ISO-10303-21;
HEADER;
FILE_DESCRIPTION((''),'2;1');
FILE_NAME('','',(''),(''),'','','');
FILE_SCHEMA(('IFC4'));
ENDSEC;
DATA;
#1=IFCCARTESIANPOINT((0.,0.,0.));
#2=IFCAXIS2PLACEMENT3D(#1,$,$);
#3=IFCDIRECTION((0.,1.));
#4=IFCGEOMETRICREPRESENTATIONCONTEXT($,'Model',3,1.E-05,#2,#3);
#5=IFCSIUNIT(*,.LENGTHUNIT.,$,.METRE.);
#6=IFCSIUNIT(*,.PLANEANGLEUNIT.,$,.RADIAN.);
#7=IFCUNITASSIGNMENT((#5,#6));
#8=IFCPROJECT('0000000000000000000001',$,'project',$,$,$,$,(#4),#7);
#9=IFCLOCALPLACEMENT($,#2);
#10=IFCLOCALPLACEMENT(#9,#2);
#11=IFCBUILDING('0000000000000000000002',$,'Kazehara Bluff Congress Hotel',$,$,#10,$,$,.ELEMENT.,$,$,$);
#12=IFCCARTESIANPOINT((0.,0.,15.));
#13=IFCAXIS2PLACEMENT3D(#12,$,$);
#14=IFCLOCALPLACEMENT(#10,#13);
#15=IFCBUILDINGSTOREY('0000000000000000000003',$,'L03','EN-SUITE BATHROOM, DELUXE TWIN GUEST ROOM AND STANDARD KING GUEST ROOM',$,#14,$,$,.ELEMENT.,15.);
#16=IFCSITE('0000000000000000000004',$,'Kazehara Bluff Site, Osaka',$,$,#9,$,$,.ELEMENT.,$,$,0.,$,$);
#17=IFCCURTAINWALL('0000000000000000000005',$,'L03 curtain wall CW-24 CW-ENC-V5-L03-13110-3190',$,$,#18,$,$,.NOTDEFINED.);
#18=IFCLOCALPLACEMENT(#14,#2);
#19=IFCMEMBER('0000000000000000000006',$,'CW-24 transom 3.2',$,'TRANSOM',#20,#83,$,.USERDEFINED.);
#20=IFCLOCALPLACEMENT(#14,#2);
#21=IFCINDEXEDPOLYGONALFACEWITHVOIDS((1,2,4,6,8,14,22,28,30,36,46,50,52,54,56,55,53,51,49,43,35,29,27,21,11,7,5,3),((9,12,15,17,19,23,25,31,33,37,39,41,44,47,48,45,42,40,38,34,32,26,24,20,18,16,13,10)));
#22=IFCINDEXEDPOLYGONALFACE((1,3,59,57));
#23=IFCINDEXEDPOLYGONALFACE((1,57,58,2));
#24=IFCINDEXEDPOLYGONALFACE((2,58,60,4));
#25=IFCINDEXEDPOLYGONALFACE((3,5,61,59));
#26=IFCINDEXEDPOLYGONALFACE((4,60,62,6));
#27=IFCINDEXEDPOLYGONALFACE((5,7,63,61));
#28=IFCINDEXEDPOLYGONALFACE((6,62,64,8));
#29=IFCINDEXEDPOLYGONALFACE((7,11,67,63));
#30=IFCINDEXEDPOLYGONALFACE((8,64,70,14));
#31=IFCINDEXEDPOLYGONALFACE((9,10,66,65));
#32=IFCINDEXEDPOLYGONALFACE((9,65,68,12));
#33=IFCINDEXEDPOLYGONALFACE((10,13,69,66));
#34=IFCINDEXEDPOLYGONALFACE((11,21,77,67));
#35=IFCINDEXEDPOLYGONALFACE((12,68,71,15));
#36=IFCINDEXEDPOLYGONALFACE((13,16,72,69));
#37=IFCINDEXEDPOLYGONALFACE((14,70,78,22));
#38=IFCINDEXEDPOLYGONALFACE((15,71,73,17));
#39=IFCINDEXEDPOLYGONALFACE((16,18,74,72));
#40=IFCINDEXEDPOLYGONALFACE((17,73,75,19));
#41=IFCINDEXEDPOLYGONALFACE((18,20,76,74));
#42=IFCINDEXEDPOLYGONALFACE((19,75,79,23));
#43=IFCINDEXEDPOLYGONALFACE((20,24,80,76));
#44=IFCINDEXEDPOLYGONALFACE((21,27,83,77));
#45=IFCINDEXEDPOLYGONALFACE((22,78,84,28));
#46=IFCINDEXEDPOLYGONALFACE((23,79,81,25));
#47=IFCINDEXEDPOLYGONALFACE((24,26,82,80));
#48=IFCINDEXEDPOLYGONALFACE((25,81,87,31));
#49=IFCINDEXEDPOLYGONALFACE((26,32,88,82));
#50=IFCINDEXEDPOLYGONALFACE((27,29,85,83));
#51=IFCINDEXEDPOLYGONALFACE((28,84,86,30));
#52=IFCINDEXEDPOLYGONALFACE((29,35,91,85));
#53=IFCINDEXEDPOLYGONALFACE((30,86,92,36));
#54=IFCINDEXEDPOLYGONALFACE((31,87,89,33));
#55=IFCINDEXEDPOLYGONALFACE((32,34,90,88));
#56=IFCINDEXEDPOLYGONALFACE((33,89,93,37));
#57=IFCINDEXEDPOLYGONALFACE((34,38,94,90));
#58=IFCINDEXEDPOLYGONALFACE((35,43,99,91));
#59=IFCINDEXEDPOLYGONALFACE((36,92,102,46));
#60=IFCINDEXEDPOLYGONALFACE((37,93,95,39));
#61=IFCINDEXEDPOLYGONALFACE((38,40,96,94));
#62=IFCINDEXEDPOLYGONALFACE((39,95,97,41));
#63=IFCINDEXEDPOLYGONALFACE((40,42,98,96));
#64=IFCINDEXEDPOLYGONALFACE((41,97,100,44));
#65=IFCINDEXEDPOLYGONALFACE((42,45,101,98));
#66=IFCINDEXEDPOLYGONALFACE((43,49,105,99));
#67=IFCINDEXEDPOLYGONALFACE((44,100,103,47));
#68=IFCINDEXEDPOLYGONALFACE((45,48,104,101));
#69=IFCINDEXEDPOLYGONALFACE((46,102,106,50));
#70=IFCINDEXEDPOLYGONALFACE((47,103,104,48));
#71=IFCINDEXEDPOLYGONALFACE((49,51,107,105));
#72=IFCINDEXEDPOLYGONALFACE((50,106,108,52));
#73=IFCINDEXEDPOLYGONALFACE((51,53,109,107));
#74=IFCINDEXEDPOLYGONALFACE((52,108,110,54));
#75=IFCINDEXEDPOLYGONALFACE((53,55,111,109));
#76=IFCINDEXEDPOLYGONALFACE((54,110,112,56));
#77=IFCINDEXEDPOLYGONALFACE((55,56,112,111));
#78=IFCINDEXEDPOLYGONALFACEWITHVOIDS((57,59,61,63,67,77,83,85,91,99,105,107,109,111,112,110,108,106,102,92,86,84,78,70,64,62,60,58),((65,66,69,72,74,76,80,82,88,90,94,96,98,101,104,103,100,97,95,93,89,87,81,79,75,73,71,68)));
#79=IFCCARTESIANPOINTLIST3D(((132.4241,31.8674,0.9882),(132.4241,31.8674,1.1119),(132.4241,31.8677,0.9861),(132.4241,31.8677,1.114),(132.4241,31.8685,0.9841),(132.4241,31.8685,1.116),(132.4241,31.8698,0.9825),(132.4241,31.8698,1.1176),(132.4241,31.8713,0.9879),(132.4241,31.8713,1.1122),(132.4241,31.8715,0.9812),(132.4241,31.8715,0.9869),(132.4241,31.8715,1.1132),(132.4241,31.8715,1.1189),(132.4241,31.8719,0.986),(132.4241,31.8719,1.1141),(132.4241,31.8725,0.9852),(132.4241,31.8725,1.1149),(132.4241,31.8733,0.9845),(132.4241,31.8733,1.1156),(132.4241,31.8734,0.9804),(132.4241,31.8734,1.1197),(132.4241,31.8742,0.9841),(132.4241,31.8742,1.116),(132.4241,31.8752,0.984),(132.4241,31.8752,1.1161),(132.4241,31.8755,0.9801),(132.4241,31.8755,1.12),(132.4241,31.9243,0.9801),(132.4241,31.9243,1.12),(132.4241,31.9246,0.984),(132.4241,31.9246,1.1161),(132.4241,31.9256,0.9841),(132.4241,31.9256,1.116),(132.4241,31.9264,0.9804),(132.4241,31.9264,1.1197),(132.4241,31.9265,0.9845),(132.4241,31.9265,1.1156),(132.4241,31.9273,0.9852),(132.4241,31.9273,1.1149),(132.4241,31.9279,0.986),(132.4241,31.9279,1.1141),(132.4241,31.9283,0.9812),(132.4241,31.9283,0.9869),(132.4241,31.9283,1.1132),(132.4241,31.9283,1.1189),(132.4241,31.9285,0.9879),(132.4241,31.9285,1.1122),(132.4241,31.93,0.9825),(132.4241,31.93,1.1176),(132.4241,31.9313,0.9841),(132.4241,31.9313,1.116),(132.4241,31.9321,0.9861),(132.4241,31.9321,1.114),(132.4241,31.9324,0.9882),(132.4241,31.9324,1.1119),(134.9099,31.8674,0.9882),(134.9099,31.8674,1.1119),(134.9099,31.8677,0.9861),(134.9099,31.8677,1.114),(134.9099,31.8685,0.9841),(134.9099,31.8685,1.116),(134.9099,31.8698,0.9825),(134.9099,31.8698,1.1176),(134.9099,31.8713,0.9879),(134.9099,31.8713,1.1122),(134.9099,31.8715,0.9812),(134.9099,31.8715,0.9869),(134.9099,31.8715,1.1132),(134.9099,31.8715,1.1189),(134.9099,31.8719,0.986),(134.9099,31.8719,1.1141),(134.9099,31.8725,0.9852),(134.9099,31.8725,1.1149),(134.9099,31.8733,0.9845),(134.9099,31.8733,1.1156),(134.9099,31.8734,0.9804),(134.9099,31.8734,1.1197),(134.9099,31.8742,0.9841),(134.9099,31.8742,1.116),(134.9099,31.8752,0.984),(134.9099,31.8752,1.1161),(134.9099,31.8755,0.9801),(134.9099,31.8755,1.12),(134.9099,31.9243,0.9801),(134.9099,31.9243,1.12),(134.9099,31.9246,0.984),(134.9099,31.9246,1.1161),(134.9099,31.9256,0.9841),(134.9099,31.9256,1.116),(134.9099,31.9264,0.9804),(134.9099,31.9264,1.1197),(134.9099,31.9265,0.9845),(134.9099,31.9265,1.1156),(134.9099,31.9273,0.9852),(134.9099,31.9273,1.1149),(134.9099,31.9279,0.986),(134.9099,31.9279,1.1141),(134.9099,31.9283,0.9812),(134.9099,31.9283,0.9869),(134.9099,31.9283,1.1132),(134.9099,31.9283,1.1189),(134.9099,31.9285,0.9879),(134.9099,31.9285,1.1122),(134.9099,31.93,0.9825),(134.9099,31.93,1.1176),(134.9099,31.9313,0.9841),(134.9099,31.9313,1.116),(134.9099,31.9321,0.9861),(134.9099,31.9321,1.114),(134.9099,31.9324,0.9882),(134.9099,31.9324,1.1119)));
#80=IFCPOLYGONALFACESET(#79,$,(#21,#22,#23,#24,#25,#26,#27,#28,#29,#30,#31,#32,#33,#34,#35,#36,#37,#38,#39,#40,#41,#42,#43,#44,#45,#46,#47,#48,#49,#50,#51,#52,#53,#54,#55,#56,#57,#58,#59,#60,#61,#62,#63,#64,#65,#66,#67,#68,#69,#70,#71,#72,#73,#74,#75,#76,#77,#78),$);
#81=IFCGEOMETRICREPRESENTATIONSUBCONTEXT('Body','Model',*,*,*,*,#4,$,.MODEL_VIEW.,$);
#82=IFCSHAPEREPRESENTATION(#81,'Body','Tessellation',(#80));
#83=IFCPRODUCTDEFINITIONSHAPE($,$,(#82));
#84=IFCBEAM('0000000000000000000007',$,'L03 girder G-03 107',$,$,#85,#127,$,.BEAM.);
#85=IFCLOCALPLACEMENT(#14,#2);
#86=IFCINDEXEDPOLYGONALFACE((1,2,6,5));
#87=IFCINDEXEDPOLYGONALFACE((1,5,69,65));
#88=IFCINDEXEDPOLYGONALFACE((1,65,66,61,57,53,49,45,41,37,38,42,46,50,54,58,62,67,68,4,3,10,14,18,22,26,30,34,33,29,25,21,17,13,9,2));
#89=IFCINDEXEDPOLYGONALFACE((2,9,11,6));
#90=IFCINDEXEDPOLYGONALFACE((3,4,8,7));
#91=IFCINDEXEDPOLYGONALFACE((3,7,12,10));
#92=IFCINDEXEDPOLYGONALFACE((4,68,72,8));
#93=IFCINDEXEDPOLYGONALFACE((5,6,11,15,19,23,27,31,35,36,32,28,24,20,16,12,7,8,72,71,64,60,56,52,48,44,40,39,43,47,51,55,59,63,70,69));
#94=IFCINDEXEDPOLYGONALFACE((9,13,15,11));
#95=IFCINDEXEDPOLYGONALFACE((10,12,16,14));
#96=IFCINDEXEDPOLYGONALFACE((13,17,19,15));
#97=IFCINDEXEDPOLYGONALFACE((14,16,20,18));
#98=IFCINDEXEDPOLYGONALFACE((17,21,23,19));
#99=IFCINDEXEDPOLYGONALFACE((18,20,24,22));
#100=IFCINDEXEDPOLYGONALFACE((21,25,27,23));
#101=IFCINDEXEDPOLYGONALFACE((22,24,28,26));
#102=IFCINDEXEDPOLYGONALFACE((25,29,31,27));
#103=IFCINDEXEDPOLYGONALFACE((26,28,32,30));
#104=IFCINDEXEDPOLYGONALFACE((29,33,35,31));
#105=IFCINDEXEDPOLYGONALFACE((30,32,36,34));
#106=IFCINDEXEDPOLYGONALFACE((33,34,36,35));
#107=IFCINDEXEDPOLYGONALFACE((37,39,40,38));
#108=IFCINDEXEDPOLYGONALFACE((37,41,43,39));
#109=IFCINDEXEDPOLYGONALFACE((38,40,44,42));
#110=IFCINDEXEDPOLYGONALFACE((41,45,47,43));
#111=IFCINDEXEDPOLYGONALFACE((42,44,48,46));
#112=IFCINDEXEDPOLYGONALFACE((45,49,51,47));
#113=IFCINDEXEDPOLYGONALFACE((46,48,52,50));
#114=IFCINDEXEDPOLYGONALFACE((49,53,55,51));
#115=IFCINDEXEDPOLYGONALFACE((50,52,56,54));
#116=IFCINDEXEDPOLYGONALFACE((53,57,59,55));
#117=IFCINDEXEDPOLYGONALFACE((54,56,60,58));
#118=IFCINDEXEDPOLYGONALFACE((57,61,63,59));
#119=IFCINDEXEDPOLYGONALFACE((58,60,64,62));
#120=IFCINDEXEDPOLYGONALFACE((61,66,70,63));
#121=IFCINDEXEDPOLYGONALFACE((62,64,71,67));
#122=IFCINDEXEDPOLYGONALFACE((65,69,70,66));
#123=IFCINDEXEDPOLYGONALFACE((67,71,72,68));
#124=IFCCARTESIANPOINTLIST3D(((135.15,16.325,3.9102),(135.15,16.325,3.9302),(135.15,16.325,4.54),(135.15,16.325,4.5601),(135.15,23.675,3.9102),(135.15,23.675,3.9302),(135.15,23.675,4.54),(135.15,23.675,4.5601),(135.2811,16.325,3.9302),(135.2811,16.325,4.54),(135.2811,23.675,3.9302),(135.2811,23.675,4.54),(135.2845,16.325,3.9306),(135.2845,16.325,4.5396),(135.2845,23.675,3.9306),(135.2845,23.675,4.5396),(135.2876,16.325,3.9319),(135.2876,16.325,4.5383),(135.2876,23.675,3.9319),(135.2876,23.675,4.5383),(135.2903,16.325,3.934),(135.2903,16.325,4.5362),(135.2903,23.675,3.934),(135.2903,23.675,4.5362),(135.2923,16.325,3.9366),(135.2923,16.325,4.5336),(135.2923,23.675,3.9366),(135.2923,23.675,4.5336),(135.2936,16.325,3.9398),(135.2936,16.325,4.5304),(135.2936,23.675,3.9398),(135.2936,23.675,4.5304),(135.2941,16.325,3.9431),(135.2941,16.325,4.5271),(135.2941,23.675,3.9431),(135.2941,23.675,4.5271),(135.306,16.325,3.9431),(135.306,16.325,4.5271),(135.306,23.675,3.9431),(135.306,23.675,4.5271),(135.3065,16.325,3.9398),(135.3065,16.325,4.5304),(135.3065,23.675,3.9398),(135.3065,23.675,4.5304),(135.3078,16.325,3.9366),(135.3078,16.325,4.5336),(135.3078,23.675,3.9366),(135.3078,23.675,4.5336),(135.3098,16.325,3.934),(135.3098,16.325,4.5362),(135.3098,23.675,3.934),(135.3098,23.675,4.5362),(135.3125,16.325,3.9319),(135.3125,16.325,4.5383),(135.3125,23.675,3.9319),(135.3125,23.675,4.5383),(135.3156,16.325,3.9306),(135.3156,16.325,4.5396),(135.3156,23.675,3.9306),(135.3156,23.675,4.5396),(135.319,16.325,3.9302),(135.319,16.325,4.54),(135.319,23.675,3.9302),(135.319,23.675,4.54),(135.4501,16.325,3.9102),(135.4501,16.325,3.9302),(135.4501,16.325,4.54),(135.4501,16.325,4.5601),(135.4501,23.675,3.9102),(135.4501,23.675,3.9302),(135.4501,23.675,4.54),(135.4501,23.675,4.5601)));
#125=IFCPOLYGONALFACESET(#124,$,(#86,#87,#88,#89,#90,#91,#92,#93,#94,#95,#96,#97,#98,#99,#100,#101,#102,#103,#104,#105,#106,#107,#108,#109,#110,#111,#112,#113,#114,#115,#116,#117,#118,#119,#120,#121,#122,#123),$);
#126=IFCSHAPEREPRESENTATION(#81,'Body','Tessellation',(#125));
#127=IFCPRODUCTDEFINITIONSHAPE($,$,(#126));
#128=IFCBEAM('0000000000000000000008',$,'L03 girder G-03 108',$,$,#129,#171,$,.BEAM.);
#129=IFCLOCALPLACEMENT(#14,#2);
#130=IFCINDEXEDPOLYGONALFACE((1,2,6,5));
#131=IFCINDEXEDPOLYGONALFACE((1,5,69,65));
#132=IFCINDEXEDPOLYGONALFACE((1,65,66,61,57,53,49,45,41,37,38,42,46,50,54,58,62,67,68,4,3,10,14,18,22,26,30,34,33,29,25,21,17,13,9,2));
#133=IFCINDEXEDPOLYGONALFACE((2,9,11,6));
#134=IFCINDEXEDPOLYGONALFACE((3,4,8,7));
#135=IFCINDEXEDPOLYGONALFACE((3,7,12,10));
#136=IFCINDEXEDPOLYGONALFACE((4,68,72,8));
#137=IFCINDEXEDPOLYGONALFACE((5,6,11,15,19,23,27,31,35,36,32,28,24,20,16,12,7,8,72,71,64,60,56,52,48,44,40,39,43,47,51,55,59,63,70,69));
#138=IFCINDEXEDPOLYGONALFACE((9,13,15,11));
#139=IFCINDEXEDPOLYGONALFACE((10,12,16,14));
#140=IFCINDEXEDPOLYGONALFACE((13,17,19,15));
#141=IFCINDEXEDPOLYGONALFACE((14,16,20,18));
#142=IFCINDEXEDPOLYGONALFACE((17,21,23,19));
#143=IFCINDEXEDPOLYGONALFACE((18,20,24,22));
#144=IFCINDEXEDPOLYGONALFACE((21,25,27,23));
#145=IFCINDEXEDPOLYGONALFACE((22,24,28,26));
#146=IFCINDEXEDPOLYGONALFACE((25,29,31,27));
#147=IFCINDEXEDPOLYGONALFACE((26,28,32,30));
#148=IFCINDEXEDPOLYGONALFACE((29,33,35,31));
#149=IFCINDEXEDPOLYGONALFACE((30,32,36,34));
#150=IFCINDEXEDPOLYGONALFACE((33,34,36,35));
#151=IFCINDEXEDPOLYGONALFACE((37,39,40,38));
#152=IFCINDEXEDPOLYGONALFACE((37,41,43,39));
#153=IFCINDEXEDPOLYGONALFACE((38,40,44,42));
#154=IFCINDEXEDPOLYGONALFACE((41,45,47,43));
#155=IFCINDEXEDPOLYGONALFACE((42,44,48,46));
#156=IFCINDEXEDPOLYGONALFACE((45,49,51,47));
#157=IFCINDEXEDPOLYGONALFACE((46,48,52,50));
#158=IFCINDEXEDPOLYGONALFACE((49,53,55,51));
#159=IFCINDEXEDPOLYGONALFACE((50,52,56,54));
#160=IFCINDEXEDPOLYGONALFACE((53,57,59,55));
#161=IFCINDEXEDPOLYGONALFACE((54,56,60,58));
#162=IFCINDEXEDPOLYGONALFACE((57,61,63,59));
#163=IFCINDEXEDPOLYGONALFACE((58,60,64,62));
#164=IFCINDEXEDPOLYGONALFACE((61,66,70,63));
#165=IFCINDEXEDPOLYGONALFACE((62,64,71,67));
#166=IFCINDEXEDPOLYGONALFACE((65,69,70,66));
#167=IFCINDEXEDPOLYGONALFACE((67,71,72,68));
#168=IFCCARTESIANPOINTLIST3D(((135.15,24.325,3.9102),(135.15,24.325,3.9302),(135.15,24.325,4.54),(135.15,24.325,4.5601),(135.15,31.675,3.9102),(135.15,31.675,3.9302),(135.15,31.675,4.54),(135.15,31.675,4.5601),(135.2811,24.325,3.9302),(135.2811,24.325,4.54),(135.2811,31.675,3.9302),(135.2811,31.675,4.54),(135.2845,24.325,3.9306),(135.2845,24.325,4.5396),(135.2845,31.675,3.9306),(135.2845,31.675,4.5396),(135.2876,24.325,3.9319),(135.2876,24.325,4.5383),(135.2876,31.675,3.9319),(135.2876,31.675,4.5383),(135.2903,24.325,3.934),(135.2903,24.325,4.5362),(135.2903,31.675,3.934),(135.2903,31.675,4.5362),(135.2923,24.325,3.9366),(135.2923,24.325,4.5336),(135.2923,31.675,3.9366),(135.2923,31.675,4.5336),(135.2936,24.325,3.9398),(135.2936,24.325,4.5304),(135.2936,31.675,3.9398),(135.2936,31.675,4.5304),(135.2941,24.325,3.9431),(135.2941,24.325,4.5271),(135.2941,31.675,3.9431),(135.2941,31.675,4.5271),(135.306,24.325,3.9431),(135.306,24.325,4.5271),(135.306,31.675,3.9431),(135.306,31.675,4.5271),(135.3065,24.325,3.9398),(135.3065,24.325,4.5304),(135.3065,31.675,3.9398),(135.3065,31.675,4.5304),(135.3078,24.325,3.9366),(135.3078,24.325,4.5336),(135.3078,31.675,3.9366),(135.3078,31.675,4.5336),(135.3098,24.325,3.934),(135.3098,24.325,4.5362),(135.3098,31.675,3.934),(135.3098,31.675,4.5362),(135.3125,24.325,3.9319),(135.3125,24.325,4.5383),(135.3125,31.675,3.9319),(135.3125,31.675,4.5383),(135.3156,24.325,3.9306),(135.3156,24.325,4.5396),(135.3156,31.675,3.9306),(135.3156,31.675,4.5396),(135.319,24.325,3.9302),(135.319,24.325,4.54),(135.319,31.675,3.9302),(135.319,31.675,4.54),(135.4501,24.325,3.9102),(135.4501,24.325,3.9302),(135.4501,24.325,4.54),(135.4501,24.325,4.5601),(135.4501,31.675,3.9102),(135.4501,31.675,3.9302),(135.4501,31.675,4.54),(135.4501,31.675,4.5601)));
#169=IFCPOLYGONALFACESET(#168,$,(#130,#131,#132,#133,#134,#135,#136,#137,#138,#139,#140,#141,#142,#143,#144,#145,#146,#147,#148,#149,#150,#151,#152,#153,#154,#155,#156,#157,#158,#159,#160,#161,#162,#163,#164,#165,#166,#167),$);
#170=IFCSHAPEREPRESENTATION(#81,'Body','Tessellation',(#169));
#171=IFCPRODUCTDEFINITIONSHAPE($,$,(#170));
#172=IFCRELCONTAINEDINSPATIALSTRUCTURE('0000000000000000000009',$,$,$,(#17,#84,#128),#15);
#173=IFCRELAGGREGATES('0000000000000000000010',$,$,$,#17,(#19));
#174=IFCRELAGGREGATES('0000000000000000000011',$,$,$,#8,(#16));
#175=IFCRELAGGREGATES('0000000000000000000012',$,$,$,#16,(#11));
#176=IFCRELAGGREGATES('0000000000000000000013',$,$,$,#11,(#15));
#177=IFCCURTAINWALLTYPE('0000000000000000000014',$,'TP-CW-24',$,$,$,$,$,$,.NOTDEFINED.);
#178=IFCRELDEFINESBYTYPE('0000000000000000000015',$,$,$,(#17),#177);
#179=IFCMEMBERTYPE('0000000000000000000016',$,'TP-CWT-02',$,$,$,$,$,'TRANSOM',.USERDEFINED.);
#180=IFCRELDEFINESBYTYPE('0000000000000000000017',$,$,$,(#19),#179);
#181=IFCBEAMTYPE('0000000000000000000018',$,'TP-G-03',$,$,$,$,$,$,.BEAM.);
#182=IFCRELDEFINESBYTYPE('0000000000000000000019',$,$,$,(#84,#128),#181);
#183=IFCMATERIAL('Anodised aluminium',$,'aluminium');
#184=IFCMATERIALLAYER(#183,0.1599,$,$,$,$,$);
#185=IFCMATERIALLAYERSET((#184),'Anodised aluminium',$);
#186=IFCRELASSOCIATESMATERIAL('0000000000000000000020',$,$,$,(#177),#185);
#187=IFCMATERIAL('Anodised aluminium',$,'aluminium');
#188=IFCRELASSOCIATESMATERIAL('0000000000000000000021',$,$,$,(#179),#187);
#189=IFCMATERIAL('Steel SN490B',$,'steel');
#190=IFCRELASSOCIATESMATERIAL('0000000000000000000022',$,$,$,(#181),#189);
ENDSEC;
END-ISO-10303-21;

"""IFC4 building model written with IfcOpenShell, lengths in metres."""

from ifc_helpers import new_model, si_unit, direction, frame, origin, origin_2d, place, context, subcontext, project, spatial, hollow_rectangle, i_section, extrude, material, layer, layer_set, material_profile, profile_set, type_object, element, aggregate, save


model = new_model("IFC4")

# Units and contexts
model_context = context("Model", 3, precision=1e-05, world=origin(), true_north=direction((0.0, 1.0)))
body_context = subcontext(model_context, "Body", "Model", "MODEL_VIEW")
ifc_project = project(units=[si_unit("LENGTHUNIT", "METRE"), si_unit("PLANEANGLEUNIT", "RADIAN")], contexts=[model_context])

# Site, building, storey
site_placement = place(None, origin())
site = spatial("IfcSite", under=ifc_project, at=site_placement, Name="Kazehara Bluff Site, Osaka", CompositionType="ELEMENT", RefElevation=0.0)
building_placement = place(site_placement, origin())
building = spatial("IfcBuilding", under=site, at=building_placement, Name="Kazehara Bluff Congress Hotel", CompositionType="ELEMENT")
storey_placement = place(building_placement, frame((0.0, 0.0, 15.0)))
storey = spatial("IfcBuildingStorey", under=building, at=storey_placement, Name="L03", Description="EN-SUITE BATHROOM, DELUXE TWIN GUEST ROOM AND STANDARD KING GUEST ROOM", CompositionType="ELEMENT", Elevation=15.0)

# Shared definitions
ifc_material_1 = material(Name="Anodised aluminium", Category="aluminium")
ifc_layer_1 = layer(ifc_material_1, 0.1599)
ifc_layer_set_1 = layer_set([ifc_layer_1], Name="Anodised aluminium")
curtain_wall_type = type_object("IfcCurtainWallType", Name="TP-CW-24", PredefinedType="NOTDEFINED", material=ifc_layer_set_1)

# Curtain wall
curtain_wall_1_placement = place(storey_placement, origin())
curtain_wall_1 = element("IfcCurtainWall", 1, at=curtain_wall_1_placement, inside=storey, type_object=curtain_wall_type, Name="L03 curtain wall CW-24 CW-ENC-V5-L03-13110-3190", PredefinedType="NOTDEFINED")

# Member
ifc_material_2 = material(Name="Anodised aluminium", Category="aluminium")
ifc_material_profile_1 = material_profile(ifc_material_2, hollow_rectangle(XDim=0.0649, YDim=0.1399, WallThickness=0.0039, InnerFilletRadius=0.0039, OuterFilletRadius=0.0081, at=origin_2d()))
ifc_profile_set_1 = profile_set([ifc_material_profile_1], Name="Anodised aluminium")
member_type_1 = type_object("IfcMemberType", Name="TP-CWT-02", ElementType="TRANSOM", PredefinedType="USERDEFINED", material=ifc_profile_set_1)
member_1_placement = place(storey_placement, frame((132.4241, 31.8999, 1.05), z_axis=(1.0, 0.0, 0.0), x_axis=(0.0, 1.0, 0.0)))
member_1 = element("IfcMember", 2, at=member_1_placement, type_object=member_type_1, Name="CW-24 transom 3.2", ObjectType="TRANSOM", PredefinedType="USERDEFINED", context=body_context, shape_type="SweptSolid", body=[
    extrude(hollow_rectangle(XDim=0.0649, YDim=0.1399, WallThickness=0.0039, InnerFilletRadius=0.0039, OuterFilletRadius=0.0081, at=origin_2d()), origin(), (0.0, 0.0, 1.0), 2.4858),
])

# Beams
ifc_material_3 = material(Name="Steel SN490B", Category="steel")
ifc_material_profile_2 = material_profile(ifc_material_3, i_section(OverallWidth=0.3, OverallDepth=0.6499, WebThickness=0.012, FlangeThickness=0.02, FilletRadius=0.0129, at=origin_2d()))
ifc_profile_set_2 = profile_set([ifc_material_profile_2], Name="Steel SN490B")
beam_type_1 = type_object("IfcBeamType", Name="TP-G-03", PredefinedType="BEAM", material=ifc_profile_set_2)
for number, where, z_axis, x_axis, name in (
    (3, (135.3, 16.325, 4.2351), (0.0, 1.0, 0.0), (-1.0, 0.0, 0.0), "L03 girder G-03 107"),
    (4, (135.3, 24.325, 4.2351), (0.0, 1.0, 0.0), (-1.0, 0.0, 0.0), "L03 girder G-03 108"),
):
    element("IfcBeam", number, at=place(storey_placement, frame(where, z_axis=z_axis, x_axis=x_axis)), inside=storey, type_object=beam_type_1, Name=name, PredefinedType="BEAM", context=body_context, shape_type="SweptSolid", body=[
        extrude(i_section(OverallWidth=0.3, OverallDepth=0.6499, WebThickness=0.012, FlangeThickness=0.02, FilletRadius=0.0129, at=origin_2d()), origin(), (0.0, 0.0, 1.0), 7.3501),
    ])

aggregate(curtain_wall_1, [member_1])

save(model, "model.ifc")
